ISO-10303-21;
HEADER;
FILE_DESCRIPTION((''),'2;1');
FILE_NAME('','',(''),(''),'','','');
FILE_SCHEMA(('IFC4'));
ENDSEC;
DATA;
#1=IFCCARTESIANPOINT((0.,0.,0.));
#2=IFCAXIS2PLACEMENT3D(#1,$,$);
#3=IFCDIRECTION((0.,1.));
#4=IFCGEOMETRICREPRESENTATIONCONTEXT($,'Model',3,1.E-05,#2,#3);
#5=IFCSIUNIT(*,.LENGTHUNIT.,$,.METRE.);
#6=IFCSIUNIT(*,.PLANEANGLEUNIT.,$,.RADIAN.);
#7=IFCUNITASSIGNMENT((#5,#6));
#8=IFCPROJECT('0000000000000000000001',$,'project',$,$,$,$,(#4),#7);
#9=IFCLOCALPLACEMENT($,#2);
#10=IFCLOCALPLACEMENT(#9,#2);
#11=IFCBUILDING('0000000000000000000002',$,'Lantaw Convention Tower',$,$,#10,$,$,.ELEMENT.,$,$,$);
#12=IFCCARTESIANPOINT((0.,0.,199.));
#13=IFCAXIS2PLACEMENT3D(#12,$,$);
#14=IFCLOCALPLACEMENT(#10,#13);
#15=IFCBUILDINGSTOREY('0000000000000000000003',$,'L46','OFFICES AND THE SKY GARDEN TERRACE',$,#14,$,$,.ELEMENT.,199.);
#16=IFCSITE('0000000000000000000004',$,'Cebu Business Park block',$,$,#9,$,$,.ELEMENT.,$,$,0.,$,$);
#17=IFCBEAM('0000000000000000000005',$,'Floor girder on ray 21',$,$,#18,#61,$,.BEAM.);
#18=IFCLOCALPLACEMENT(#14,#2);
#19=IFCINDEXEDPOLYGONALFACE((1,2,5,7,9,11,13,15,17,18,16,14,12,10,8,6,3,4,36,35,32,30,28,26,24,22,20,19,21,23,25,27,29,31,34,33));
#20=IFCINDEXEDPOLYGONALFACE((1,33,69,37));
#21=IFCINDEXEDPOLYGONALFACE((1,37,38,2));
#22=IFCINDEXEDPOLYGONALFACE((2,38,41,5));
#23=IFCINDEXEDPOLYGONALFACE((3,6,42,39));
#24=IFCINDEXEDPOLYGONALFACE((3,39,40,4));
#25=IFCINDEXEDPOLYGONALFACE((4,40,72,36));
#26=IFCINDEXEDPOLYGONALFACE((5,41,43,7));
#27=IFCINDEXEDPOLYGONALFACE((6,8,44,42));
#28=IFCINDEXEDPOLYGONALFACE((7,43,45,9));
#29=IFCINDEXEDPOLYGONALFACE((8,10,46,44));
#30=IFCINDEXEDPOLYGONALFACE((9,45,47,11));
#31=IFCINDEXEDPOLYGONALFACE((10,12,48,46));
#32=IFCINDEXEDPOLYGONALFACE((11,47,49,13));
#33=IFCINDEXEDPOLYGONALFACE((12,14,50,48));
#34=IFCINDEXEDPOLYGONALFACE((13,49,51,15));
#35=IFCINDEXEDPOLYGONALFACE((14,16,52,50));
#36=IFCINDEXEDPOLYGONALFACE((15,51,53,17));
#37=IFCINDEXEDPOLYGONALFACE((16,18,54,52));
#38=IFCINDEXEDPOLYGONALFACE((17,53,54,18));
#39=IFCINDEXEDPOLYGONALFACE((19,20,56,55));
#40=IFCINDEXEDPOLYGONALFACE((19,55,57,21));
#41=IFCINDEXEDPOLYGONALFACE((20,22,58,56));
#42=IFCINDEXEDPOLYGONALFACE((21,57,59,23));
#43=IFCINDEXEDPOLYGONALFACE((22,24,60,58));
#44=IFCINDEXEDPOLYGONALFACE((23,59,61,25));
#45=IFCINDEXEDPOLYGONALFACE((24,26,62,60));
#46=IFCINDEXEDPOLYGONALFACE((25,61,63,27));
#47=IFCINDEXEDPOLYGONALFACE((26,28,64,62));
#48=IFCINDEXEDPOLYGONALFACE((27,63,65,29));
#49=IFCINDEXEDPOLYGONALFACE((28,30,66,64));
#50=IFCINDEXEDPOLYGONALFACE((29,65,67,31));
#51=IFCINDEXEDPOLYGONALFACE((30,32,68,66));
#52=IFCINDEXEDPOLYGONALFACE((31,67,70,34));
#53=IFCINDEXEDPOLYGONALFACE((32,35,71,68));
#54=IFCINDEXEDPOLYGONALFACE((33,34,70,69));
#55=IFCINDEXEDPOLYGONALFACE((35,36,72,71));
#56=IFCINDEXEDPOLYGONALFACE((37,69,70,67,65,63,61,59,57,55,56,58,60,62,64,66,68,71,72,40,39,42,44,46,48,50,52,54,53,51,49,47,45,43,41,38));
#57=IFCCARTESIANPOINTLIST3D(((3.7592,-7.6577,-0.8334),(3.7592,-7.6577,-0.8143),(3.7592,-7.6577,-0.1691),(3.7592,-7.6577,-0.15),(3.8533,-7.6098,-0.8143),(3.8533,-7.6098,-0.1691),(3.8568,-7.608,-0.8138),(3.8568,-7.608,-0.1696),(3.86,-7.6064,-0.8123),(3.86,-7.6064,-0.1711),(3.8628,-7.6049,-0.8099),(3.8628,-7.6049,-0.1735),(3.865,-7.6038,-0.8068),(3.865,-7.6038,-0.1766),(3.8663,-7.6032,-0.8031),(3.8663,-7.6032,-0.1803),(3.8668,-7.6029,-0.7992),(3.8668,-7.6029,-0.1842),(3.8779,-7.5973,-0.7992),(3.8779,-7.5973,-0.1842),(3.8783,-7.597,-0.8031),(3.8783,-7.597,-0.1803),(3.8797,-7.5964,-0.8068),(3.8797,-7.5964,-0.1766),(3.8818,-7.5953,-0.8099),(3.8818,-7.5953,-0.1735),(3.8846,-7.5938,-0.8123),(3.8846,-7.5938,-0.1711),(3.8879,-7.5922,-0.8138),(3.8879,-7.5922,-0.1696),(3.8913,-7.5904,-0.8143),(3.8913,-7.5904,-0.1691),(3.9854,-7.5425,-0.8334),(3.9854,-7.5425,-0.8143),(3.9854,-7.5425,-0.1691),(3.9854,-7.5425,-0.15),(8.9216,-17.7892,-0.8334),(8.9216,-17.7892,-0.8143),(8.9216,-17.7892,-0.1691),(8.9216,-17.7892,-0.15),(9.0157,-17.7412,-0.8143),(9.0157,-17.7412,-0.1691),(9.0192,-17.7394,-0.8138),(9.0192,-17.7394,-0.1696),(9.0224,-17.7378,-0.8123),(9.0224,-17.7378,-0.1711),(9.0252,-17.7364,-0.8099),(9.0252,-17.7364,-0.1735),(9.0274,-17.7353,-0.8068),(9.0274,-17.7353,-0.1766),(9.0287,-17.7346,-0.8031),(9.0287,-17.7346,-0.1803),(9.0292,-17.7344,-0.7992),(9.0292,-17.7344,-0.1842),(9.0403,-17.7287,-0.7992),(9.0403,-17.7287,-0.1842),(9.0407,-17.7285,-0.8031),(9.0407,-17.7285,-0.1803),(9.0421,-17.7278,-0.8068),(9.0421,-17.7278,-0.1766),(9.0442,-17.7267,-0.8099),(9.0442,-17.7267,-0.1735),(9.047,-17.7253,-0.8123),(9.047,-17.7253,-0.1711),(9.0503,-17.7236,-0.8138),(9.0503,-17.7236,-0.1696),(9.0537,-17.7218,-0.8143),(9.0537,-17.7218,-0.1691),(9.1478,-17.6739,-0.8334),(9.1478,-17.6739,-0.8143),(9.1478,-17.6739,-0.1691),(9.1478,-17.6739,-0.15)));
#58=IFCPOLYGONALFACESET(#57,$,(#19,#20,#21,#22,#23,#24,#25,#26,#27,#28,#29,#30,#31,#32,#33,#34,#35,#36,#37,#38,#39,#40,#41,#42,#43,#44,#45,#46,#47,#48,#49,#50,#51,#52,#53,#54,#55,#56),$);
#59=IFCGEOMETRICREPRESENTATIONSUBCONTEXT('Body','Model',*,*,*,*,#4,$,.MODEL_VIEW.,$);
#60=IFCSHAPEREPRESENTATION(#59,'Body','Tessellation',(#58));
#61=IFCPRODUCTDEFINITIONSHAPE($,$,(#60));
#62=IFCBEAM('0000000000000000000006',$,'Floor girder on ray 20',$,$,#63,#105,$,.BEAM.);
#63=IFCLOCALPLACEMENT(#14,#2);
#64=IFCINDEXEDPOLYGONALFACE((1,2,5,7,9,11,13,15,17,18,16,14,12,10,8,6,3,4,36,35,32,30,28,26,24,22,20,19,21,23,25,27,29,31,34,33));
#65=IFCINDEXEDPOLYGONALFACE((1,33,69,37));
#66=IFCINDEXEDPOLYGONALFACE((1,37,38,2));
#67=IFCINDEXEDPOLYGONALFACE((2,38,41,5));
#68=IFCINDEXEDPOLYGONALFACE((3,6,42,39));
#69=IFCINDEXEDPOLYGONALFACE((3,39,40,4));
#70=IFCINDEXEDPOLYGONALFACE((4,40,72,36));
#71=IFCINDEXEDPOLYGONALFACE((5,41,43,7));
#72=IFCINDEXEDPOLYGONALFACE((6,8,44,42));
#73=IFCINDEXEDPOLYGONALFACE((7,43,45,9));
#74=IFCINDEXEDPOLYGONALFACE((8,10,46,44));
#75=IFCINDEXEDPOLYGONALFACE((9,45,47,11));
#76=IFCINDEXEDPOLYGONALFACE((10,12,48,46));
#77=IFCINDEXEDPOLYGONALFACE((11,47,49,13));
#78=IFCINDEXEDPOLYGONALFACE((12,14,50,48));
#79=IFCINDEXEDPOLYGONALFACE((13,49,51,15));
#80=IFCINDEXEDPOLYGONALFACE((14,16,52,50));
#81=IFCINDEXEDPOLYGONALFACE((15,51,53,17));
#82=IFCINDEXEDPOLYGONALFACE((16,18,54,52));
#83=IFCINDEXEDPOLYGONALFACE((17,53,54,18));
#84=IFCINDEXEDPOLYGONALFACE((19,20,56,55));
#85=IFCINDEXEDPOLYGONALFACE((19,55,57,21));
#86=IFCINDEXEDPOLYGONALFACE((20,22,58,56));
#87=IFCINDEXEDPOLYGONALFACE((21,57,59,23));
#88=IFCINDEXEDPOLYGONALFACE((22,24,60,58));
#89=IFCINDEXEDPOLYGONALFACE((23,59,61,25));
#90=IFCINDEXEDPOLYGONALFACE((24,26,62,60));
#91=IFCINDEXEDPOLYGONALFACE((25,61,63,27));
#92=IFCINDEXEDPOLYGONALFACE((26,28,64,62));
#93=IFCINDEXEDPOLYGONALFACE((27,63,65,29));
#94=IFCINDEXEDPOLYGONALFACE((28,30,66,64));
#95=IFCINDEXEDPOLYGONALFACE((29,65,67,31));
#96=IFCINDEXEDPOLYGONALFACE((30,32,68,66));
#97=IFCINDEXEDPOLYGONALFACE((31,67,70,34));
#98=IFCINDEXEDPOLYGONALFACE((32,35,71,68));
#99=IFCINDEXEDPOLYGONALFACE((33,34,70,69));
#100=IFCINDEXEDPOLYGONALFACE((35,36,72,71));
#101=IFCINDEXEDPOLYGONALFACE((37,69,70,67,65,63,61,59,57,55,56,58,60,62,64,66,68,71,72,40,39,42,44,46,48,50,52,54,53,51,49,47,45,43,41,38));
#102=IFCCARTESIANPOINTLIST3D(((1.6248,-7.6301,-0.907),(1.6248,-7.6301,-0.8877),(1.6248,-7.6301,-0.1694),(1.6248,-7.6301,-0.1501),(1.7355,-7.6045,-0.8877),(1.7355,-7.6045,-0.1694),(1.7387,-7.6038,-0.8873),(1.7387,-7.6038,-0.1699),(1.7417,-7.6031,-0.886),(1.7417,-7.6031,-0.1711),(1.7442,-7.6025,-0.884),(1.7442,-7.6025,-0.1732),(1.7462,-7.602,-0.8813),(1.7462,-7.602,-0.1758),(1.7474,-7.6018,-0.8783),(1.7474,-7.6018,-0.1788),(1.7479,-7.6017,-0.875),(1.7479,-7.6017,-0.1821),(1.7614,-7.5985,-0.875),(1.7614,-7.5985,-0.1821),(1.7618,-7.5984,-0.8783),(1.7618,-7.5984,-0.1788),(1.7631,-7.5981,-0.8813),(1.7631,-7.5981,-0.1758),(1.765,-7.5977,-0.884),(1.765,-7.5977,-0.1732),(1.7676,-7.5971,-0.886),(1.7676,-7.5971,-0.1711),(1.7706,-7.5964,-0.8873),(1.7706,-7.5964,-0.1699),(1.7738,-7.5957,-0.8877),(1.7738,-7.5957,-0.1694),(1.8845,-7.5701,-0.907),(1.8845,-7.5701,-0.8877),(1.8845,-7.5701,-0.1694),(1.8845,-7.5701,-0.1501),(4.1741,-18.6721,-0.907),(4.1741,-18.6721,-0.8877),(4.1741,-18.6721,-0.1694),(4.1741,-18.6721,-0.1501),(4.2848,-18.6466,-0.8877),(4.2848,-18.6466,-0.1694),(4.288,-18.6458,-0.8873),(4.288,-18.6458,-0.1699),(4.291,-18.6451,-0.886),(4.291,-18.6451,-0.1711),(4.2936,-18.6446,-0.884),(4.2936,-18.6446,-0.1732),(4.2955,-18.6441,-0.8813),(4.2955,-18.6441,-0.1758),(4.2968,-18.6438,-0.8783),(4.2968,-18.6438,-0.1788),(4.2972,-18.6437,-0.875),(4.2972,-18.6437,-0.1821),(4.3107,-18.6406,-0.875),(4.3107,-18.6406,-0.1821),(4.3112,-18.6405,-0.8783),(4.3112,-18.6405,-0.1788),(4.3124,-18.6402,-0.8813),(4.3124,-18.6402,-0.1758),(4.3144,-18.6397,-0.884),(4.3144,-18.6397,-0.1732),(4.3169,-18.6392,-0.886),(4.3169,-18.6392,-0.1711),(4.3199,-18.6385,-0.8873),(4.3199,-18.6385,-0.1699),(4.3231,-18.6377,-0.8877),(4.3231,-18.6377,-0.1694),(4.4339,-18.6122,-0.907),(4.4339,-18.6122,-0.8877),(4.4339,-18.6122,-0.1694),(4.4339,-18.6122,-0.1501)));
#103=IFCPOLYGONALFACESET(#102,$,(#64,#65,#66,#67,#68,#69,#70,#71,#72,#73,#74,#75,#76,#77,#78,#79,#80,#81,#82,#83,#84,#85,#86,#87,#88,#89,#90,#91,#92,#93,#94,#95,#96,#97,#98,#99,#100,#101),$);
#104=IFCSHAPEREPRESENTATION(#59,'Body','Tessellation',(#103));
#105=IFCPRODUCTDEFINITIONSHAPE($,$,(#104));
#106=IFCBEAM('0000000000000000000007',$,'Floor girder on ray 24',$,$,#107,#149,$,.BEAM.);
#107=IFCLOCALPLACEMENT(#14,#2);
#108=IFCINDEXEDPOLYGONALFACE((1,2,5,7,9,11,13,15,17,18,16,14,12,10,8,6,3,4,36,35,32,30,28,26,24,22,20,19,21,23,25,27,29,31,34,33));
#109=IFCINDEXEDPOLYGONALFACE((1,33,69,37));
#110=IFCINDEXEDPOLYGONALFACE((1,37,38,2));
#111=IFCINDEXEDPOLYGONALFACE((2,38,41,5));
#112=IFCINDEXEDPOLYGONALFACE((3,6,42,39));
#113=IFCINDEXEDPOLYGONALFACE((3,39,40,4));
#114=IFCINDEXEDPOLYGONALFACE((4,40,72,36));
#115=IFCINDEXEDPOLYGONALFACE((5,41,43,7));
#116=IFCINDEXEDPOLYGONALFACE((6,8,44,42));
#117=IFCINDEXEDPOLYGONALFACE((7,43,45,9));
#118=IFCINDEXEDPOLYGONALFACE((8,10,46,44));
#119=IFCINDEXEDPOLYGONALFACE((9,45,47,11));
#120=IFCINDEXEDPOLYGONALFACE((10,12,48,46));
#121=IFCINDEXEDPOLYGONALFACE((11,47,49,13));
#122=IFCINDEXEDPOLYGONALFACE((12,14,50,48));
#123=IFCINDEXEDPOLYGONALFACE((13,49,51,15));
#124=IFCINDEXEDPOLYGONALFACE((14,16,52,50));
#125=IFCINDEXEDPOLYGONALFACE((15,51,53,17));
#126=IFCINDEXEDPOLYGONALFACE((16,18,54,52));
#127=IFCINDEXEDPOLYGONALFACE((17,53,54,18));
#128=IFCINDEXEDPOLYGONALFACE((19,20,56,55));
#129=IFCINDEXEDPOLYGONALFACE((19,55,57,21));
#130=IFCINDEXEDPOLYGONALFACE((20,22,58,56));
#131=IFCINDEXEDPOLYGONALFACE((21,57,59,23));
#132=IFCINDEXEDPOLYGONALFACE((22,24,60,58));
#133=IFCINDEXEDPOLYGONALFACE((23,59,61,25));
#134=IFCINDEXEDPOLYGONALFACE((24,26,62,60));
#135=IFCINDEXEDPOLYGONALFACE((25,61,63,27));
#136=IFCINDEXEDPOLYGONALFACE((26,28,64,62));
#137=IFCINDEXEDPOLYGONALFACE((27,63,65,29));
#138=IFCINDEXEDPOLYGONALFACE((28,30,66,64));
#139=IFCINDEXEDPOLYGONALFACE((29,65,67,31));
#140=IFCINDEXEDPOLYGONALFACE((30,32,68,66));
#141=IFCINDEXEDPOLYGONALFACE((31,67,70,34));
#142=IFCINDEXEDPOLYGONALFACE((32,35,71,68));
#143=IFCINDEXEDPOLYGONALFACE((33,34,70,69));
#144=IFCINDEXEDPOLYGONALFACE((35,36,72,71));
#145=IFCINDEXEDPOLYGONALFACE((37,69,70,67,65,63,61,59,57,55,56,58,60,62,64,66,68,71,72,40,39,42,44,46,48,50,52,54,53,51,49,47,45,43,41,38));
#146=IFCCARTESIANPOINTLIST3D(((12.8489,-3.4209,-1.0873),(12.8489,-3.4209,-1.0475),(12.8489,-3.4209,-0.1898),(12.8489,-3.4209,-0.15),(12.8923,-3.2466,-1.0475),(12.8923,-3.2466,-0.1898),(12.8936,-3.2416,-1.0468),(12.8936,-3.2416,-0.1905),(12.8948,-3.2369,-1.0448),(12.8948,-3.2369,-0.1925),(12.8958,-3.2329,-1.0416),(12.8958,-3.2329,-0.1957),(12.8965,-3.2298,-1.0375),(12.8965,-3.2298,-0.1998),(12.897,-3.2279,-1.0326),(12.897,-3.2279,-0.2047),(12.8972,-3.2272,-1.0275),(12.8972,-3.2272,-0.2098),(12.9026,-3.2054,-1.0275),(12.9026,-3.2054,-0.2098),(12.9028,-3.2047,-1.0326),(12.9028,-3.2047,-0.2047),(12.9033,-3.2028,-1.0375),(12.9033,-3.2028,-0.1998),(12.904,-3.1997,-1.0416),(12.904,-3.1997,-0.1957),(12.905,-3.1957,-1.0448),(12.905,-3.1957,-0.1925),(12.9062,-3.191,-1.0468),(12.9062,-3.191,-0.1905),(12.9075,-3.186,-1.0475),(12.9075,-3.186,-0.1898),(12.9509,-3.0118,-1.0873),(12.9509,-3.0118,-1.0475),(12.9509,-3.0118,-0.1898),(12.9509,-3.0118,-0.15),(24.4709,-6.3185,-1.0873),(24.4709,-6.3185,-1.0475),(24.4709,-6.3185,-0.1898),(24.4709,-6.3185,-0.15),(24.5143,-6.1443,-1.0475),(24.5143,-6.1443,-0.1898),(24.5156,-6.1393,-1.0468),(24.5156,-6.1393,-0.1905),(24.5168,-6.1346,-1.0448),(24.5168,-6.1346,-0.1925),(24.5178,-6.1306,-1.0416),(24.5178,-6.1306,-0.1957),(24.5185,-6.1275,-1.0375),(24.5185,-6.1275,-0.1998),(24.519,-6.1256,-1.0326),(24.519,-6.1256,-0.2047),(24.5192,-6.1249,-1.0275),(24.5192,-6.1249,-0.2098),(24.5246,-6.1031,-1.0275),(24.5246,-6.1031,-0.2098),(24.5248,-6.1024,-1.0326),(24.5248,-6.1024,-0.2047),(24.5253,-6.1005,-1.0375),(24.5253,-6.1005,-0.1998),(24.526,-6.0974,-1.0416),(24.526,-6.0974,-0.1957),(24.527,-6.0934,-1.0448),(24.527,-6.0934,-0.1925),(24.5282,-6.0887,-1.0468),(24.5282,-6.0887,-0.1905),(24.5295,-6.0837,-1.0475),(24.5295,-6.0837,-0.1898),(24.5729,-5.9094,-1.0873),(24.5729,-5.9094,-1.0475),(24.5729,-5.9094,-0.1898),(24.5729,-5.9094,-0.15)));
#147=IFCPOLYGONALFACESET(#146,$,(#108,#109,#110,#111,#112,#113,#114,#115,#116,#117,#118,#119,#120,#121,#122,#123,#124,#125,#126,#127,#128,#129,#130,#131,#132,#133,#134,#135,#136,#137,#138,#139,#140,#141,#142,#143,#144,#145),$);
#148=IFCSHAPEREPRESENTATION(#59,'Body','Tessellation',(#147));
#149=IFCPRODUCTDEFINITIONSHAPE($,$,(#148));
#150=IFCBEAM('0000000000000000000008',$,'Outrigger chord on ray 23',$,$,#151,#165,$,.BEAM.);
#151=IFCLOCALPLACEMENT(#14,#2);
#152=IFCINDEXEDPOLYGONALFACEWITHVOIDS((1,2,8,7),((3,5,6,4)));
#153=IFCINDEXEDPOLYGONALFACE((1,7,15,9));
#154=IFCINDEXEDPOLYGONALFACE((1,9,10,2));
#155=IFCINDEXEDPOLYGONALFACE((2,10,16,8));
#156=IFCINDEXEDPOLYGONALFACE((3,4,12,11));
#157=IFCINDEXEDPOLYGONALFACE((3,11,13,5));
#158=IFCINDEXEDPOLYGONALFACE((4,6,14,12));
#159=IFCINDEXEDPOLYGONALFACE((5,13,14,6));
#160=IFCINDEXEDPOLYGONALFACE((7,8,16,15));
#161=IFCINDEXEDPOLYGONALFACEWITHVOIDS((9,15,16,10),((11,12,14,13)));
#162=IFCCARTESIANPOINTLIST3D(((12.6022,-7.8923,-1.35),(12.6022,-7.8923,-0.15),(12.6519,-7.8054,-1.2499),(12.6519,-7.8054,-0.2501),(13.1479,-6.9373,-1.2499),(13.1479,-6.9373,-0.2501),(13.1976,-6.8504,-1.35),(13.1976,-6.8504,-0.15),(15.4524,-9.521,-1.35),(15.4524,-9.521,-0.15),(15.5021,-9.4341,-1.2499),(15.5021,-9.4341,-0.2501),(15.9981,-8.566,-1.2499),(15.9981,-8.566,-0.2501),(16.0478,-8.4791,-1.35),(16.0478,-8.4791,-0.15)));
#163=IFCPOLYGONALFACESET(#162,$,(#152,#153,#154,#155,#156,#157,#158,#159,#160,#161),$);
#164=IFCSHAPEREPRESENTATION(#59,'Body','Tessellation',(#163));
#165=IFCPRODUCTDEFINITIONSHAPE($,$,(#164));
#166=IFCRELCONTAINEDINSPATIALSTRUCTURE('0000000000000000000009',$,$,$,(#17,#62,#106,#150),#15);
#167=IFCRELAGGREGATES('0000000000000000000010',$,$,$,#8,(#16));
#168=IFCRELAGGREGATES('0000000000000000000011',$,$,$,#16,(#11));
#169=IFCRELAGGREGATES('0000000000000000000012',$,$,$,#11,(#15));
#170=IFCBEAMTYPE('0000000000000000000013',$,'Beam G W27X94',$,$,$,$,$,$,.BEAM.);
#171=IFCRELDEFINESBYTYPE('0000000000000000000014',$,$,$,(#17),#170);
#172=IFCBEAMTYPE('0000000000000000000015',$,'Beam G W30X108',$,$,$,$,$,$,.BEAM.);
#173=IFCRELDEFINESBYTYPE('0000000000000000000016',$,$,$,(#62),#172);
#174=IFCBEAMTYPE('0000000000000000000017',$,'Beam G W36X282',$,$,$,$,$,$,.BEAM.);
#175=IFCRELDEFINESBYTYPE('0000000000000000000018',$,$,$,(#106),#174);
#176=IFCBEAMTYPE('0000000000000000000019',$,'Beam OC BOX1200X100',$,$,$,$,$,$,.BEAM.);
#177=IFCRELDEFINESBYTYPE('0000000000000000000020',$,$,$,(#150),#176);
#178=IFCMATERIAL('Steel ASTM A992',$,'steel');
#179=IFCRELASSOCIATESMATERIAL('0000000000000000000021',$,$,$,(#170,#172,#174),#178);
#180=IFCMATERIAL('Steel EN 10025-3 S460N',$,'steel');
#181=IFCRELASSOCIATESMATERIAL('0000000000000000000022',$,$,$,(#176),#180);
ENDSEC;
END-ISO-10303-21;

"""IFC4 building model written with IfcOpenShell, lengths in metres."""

from ifc_helpers import new_model, si_unit, direction, frame, origin, origin_2d, place, context, subcontext, project, spatial, hollow_rectangle, i_section, extrude, material, material_profile, profile_set, type_object, element, save


model = new_model("IFC4")

# Units and contexts
model_context = context("Model", 3, precision=1e-05, world=origin(), true_north=direction((0.0, 1.0)))
body_context = subcontext(model_context, "Body", "Model", "MODEL_VIEW")
ifc_project = project(units=[si_unit("LENGTHUNIT", "METRE"), si_unit("PLANEANGLEUNIT", "RADIAN")], contexts=[model_context])

# Site, building, storey
site_placement = place(None, origin())
site = spatial("IfcSite", under=ifc_project, at=site_placement, Name="Cebu Business Park block", CompositionType="ELEMENT", RefElevation=0.0)
building_placement = place(site_placement, origin())
building = spatial("IfcBuilding", under=site, at=building_placement, Name="Lantaw Convention Tower", CompositionType="ELEMENT")
storey_placement = place(building_placement, frame((0.0, 0.0, 199.0)))
storey = spatial("IfcBuildingStorey", under=building, at=storey_placement, Name="L46", Description="OFFICES AND THE SKY GARDEN TERRACE", CompositionType="ELEMENT", Elevation=199.0)

# Beams
ifc_material_1 = material(Name="Steel ASTM A992", Category="steel")
ifc_material_profile_1 = material_profile(ifc_material_1, i_section(OverallWidth=0.2539, OverallDepth=0.6833, WebThickness=0.0125, FlangeThickness=0.019, FilletRadius=0.0151, at=origin_2d()), Name="W27X94")
ifc_profile_set_1 = profile_set([ifc_material_profile_1], Name="Steel ASTM A992")
beam_type_1 = type_object("IfcBeamType", Name="Beam G W27X94", PredefinedType="BEAM", material=ifc_profile_set_1)
beam_1_placement = place(storey_placement, frame((3.8723, -7.6001, -0.4917), z_axis=(0.454003, -0.891, 0.0), x_axis=(0.891, 0.454003, 0.0)))
element("IfcBeam", 1, at=beam_1_placement, inside=storey, type_object=beam_type_1, Name="Floor girder on ray 21", PredefinedType="BEAM", context=body_context, shape_type="SweptSolid", body=[
    extrude(i_section(OverallWidth=0.2539, OverallDepth=0.6833, WebThickness=0.0125, FlangeThickness=0.019, FilletRadius=0.0151, at=origin_2d()), origin(), (0.0, 0.0, 1.0), 11.3708),
])
ifc_material_profile_2 = material_profile(ifc_material_1, i_section(OverallWidth=0.2666, OverallDepth=0.7568, WebThickness=0.0139, FlangeThickness=0.0193, FilletRadius=0.0127, at=origin_2d()), Name="W30X108")
ifc_profile_set_2 = profile_set([ifc_material_profile_2], Name="Steel ASTM A992")
beam_type_2 = type_object("IfcBeamType", Name="Beam G W30X108", PredefinedType="BEAM", material=ifc_profile_set_2)
beam_2_placement = place(storey_placement, frame((1.7546, -7.6001, -0.5286), z_axis=(0.224957, -0.974369, 0.0), x_axis=(0.974369, 0.224957, 0.0)))
element("IfcBeam", 2, at=beam_2_placement, inside=storey, type_object=beam_type_2, Name="Floor girder on ray 20", PredefinedType="BEAM", context=body_context, shape_type="SweptSolid", body=[
    extrude(i_section(OverallWidth=0.2666, OverallDepth=0.7568, WebThickness=0.0139, FlangeThickness=0.0193, FilletRadius=0.0127, at=origin_2d()), origin(), (0.0, 0.0, 1.0), 11.3325),
])
ifc_material_profile_3 = material_profile(ifc_material_1, i_section(OverallWidth=0.4216, OverallDepth=0.9373, WebThickness=0.0225, FlangeThickness=0.0398, FilletRadius=0.02, at=origin_2d()), Name="W36X282")
ifc_profile_set_3 = profile_set([ifc_material_profile_3], Name="Steel ASTM A992")
beam_type_3 = type_object("IfcBeamType", Name="Beam G W36X282", PredefinedType="BEAM", material=ifc_profile_set_3)
beam_3_placement = place(storey_placement, frame((12.8999, -3.2163, -0.6187), z_axis=(0.970296, -0.241922, 0.0), x_axis=(0.241922, 0.970296, 0.0)))
element("IfcBeam", 3, at=beam_3_placement, inside=storey, type_object=beam_type_3, Name="Floor girder on ray 24", PredefinedType="BEAM", context=body_context, shape_type="SweptSolid", body=[
    extrude(i_section(OverallWidth=0.4216, OverallDepth=0.9373, WebThickness=0.0225, FlangeThickness=0.0398, FilletRadius=0.02, at=origin_2d()), origin(), (0.0, 0.0, 1.0), 11.9778),
])
ifc_material_2 = material(Name="Steel EN 10025-3 S460N", Category="steel")
ifc_material_profile_4 = material_profile(ifc_material_2, hollow_rectangle(XDim=1.2, YDim=1.2, WallThickness=0.1001, at=origin_2d()), Name="BOX1200X100")
ifc_profile_set_4 = profile_set([ifc_material_profile_4], Name="Steel EN 10025-3 S460N")
beam_type_4 = type_object("IfcBeamType", Name="Beam OC BOX1200X100", PredefinedType="BEAM", material=ifc_profile_set_4)
beam_4_placement = place(storey_placement, frame((12.8999, -7.3713, -0.75), z_axis=(0.868239, -0.496147, 0.0), x_axis=(0.496147, 0.868239, 0.0)))
element("IfcBeam", 4, at=beam_4_placement, inside=storey, type_object=beam_type_4, Name="Outrigger chord on ray 23", PredefinedType="BEAM", context=body_context, shape_type="SweptSolid", body=[
    extrude(hollow_rectangle(XDim=1.2, YDim=1.2, WallThickness=0.1001, at=origin_2d()), origin(), (0.0, 0.0, 1.0), 3.2827),
])

save(model, "model.ifc")
